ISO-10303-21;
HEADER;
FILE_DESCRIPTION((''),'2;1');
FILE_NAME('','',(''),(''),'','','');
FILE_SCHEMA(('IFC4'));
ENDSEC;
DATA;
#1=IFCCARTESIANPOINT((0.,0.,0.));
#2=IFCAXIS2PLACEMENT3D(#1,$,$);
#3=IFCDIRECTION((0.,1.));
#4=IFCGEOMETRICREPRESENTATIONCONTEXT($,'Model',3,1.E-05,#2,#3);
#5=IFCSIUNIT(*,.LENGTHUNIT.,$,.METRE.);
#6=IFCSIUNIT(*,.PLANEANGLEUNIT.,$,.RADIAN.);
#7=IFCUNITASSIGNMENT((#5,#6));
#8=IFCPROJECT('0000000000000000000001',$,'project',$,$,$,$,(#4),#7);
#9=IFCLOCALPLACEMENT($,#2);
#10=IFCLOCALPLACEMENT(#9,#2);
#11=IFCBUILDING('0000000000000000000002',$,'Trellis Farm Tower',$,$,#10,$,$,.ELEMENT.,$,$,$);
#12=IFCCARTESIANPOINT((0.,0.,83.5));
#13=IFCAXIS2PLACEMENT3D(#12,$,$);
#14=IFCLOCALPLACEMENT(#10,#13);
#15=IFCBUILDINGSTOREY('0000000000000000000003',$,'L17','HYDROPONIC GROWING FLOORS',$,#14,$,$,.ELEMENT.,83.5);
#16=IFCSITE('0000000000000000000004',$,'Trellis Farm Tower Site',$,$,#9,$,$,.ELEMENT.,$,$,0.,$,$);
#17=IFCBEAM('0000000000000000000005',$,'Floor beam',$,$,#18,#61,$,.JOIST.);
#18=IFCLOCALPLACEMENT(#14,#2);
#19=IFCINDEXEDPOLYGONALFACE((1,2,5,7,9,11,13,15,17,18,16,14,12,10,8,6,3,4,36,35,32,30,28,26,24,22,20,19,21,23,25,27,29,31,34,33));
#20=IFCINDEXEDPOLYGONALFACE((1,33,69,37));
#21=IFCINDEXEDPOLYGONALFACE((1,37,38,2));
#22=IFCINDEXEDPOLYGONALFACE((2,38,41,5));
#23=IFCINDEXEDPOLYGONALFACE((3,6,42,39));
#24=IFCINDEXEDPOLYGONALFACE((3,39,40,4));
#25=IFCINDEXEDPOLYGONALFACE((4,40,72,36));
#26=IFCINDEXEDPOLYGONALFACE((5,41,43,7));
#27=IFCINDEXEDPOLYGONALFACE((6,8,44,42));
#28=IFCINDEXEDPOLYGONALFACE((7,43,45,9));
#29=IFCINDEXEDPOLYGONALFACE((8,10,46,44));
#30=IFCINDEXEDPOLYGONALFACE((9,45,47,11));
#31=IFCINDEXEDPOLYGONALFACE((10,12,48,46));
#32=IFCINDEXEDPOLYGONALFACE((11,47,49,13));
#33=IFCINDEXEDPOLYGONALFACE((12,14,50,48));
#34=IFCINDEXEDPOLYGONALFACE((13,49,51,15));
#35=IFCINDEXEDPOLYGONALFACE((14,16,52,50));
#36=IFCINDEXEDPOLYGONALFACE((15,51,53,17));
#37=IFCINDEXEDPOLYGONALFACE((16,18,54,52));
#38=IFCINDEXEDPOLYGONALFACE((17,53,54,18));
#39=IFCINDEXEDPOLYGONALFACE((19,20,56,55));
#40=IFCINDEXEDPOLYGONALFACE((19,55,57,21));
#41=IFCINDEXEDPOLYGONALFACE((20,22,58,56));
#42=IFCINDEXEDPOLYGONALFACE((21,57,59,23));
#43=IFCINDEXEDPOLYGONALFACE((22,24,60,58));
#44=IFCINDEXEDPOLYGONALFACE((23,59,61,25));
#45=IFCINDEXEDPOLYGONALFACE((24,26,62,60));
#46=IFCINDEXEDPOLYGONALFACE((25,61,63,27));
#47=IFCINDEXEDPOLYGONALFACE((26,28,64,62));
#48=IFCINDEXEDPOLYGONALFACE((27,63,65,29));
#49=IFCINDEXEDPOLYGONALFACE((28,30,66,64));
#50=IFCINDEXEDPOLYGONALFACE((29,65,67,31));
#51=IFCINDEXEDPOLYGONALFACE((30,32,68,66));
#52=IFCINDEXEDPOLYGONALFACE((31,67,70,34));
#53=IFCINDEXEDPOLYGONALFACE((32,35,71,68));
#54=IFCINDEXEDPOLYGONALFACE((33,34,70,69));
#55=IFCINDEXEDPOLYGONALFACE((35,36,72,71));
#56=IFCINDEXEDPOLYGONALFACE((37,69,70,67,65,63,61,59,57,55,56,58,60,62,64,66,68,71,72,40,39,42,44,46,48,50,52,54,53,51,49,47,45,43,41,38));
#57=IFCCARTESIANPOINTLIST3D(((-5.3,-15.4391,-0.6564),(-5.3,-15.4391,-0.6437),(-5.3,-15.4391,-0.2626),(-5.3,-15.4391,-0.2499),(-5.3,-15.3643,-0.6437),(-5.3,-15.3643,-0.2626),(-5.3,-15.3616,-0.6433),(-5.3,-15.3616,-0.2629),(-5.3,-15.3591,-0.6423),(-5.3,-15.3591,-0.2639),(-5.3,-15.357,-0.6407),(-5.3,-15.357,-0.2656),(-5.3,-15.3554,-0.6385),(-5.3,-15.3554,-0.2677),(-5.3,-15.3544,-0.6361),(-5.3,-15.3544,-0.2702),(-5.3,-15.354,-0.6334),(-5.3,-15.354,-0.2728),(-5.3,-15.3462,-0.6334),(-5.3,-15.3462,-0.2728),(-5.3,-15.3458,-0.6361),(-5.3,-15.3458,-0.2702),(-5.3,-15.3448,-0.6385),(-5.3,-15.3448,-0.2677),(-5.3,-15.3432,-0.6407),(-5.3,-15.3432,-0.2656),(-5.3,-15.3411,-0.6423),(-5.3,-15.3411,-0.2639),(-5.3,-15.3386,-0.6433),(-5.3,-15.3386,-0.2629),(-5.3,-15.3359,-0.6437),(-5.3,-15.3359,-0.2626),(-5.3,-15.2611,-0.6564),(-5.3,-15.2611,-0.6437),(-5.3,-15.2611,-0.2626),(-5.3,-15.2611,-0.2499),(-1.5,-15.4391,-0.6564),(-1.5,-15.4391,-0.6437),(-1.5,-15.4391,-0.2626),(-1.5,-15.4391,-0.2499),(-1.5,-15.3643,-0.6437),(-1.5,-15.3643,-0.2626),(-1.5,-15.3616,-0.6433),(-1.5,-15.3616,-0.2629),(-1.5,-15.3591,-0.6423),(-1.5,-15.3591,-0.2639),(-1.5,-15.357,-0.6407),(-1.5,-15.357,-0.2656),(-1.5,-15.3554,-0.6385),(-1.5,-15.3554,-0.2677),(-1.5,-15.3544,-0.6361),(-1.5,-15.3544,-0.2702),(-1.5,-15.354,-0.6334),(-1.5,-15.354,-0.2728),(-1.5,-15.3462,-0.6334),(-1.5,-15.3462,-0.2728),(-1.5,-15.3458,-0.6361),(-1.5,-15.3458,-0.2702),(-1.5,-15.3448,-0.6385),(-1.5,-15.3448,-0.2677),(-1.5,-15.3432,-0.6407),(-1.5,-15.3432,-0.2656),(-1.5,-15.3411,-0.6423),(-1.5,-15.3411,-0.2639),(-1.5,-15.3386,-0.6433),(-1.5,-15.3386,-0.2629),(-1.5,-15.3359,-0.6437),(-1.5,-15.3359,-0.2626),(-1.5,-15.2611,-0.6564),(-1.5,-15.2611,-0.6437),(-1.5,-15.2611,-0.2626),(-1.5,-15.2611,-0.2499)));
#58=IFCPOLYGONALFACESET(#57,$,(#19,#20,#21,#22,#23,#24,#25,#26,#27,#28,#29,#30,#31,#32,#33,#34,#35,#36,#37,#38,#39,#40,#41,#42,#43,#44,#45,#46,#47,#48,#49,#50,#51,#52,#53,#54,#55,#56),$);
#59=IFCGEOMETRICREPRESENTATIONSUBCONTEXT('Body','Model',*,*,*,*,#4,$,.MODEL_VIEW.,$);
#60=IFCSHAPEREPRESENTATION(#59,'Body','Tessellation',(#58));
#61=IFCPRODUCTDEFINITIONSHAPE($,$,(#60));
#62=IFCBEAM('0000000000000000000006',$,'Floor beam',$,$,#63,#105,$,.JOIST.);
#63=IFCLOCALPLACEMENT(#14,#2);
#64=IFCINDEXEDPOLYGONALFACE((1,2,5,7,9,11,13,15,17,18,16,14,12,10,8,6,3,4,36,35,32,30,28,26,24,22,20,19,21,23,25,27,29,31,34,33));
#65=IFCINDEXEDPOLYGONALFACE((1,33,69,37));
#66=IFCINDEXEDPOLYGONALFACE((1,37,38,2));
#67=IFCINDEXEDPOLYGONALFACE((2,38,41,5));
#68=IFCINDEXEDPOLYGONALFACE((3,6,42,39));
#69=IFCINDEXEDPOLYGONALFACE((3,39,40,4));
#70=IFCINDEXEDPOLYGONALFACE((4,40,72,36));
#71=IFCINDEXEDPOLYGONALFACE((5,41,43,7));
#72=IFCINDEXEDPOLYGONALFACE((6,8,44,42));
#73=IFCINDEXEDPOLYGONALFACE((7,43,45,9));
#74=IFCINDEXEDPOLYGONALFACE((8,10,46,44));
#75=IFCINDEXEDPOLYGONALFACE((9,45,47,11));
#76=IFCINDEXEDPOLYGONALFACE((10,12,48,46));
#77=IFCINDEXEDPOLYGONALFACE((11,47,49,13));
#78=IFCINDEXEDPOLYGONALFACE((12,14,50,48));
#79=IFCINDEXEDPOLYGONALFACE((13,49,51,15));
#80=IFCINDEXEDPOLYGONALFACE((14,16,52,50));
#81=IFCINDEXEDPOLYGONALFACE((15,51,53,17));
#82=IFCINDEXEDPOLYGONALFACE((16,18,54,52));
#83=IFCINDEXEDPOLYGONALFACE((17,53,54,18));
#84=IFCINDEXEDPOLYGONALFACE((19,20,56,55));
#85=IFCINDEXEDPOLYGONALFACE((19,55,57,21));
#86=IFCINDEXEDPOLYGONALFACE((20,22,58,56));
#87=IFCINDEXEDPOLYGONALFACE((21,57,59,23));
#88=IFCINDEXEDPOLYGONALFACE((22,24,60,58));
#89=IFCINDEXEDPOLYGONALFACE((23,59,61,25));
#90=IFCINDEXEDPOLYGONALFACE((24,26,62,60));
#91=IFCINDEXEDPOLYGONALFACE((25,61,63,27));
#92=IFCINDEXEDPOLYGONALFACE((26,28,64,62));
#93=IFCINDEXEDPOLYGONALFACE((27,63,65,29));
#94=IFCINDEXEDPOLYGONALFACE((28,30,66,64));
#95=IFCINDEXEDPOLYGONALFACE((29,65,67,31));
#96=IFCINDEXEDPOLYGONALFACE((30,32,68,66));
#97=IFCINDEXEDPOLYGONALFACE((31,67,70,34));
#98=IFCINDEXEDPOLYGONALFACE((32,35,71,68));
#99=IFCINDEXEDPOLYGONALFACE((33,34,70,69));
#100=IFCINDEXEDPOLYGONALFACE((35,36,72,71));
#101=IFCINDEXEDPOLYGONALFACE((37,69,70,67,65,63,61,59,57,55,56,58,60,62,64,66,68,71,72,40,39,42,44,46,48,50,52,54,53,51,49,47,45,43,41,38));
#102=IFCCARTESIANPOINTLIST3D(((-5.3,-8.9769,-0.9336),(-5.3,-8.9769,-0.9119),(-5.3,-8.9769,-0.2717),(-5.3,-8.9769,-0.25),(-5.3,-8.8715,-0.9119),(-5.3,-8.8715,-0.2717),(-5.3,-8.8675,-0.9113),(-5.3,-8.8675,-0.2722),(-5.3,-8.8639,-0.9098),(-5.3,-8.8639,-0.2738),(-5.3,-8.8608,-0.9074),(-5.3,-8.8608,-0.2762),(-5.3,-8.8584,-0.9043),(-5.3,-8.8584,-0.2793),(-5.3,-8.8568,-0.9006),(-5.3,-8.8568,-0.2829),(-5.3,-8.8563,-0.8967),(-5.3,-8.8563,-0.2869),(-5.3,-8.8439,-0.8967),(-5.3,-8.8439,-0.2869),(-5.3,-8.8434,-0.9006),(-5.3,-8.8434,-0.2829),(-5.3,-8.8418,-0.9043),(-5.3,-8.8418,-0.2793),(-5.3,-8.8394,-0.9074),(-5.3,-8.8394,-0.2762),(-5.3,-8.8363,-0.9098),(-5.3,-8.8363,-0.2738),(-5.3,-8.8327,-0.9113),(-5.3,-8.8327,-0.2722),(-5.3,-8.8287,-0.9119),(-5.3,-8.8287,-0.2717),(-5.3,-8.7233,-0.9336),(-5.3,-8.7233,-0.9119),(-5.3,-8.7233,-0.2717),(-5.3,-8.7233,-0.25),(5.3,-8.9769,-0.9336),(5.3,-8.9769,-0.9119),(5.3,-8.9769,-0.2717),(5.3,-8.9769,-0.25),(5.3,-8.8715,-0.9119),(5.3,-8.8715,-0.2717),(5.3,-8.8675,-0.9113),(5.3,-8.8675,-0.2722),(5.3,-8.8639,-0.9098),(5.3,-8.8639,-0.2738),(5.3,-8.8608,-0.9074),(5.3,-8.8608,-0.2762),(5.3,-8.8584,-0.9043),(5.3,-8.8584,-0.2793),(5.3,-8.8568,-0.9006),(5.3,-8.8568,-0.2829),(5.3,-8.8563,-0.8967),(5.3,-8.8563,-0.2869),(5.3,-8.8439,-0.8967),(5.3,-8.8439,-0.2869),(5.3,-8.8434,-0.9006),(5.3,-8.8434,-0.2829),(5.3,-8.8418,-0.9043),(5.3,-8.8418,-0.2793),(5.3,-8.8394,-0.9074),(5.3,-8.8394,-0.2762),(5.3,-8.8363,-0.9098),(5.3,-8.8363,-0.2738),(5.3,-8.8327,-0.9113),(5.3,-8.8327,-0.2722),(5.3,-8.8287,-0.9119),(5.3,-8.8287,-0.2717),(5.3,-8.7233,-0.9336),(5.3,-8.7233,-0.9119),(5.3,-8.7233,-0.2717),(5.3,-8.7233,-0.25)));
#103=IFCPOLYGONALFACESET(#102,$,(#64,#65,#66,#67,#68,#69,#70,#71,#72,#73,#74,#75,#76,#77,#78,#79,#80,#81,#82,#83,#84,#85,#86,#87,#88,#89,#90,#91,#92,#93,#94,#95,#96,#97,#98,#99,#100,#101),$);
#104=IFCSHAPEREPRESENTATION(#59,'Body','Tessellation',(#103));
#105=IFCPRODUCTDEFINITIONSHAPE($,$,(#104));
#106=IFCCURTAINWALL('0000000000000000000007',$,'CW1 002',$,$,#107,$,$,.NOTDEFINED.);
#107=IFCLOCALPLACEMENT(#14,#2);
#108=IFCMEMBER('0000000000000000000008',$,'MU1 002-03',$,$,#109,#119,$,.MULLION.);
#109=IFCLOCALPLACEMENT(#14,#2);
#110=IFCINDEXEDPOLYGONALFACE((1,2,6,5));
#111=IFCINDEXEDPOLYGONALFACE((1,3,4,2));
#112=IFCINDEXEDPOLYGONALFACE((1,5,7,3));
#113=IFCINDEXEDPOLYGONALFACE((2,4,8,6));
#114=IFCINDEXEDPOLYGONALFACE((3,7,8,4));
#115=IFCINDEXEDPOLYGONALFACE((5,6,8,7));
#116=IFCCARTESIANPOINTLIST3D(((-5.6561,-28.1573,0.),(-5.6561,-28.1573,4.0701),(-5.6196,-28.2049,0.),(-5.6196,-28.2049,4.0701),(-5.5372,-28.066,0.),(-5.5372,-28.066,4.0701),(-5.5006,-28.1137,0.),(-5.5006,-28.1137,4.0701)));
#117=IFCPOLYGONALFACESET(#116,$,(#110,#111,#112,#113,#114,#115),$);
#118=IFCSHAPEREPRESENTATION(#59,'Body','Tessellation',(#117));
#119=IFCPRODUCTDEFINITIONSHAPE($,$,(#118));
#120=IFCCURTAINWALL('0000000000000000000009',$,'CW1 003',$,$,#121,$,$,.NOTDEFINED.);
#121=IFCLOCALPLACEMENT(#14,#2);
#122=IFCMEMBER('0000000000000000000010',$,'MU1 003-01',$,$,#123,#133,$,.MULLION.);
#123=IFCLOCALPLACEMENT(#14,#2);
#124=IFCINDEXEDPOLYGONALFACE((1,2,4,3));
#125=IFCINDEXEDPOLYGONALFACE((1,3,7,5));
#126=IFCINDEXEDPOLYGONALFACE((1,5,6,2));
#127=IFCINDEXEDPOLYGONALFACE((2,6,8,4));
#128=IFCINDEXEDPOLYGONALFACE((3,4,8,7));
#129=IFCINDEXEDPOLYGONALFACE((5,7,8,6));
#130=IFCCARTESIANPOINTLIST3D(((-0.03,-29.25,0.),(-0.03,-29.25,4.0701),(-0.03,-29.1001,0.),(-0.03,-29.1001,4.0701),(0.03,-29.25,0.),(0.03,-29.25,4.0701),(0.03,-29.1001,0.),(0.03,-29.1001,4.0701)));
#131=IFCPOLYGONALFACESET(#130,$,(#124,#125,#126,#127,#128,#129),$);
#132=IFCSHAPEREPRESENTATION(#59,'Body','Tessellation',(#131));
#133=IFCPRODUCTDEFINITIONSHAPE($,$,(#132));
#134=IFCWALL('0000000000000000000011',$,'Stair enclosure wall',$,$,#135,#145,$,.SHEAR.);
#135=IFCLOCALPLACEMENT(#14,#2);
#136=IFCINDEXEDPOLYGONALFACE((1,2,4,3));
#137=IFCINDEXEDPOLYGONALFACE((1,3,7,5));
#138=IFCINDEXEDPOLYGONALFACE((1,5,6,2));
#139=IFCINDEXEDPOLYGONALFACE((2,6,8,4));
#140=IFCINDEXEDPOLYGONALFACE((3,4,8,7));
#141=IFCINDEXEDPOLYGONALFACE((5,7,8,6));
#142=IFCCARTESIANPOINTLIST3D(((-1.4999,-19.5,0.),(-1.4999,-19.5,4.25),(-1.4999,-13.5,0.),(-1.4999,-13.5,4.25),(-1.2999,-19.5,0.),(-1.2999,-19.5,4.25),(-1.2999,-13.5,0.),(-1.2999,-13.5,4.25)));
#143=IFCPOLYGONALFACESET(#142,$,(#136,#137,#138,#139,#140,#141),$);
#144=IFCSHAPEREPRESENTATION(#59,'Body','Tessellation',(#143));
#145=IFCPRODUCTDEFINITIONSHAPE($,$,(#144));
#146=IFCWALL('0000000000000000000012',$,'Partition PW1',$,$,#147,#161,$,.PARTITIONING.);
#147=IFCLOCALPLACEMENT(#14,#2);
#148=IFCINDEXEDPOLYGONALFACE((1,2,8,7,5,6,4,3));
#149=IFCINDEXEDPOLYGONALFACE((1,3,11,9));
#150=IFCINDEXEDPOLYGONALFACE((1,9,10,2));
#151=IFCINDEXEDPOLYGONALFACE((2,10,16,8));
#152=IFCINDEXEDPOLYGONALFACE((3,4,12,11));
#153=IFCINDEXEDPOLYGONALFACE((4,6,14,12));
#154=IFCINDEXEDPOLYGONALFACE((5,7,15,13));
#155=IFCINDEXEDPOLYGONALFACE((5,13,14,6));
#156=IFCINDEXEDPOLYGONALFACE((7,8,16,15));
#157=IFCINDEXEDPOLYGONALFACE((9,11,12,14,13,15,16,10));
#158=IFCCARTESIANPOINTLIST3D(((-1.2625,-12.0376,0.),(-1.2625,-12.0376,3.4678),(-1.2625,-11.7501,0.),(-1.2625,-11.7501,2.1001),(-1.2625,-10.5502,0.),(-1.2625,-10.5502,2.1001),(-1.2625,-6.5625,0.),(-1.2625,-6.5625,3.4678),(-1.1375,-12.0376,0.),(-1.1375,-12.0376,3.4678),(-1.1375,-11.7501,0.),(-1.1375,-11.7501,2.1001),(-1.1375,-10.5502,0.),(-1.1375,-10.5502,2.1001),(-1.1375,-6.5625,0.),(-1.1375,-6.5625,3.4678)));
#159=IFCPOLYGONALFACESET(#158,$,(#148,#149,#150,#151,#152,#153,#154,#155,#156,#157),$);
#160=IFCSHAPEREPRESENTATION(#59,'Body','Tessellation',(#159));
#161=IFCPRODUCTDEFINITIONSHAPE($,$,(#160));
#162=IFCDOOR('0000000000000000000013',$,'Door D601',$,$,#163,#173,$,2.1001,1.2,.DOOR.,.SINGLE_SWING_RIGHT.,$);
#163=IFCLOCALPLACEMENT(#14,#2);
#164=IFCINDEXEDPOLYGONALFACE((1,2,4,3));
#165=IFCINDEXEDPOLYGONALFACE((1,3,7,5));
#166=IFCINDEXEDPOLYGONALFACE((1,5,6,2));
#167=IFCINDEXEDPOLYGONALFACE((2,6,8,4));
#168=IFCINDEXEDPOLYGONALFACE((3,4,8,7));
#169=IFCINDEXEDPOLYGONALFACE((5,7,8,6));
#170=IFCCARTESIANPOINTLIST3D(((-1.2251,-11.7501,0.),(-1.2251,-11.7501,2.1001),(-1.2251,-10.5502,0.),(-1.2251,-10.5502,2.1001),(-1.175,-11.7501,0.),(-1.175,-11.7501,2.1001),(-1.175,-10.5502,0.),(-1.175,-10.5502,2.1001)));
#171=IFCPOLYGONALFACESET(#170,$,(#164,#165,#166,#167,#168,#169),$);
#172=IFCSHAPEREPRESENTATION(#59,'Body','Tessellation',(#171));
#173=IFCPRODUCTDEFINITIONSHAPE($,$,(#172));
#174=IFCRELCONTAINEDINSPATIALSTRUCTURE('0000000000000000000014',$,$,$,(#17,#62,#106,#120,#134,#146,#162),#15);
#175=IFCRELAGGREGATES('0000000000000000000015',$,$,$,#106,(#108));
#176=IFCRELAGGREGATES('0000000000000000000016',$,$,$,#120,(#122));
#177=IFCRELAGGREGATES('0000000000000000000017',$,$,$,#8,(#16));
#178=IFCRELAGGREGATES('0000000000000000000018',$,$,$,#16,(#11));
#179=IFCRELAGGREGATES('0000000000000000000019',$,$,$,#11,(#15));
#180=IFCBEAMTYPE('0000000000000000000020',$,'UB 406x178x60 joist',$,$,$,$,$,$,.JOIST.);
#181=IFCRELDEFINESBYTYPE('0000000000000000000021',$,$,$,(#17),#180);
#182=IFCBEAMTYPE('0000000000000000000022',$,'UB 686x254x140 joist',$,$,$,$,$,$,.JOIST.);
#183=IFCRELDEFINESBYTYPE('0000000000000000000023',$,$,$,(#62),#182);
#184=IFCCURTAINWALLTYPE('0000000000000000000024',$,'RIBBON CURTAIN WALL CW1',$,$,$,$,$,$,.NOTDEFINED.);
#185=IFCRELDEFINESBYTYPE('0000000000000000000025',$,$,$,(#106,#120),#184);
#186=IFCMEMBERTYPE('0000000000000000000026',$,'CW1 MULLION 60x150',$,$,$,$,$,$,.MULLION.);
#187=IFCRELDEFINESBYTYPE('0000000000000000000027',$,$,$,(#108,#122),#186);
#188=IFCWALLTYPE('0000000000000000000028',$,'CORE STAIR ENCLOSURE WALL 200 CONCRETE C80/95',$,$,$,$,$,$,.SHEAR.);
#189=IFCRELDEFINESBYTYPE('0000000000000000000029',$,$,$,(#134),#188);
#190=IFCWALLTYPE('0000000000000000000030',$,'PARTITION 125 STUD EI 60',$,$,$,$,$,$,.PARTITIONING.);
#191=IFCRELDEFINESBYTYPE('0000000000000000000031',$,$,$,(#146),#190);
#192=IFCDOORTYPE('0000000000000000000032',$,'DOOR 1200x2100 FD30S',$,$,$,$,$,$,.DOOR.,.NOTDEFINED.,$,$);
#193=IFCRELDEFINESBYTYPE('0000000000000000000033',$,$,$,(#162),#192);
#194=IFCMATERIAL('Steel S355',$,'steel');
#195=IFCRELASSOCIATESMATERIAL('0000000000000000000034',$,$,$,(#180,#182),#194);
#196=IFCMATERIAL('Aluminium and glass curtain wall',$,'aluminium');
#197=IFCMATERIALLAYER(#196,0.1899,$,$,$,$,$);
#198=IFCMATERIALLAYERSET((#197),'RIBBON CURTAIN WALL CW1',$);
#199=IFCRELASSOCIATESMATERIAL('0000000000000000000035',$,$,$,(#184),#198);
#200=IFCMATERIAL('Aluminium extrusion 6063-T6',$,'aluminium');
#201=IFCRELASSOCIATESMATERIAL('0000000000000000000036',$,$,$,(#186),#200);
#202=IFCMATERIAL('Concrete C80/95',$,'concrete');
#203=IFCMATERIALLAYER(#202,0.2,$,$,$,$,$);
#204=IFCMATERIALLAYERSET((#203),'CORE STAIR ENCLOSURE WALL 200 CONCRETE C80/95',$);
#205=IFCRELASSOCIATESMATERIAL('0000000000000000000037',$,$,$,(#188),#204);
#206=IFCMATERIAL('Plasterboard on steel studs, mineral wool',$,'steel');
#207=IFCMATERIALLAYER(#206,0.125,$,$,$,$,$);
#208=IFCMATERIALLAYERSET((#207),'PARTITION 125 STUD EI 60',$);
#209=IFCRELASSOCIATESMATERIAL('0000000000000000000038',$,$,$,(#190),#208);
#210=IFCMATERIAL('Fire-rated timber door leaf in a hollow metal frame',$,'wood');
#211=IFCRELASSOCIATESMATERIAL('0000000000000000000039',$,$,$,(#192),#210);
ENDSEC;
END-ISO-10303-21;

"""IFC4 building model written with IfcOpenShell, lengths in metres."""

from ifc_helpers import new_model, si_unit, direction, frame, frame_2d, origin, origin_2d, place, context, subcontext, project, spatial, rectangle, i_section, extrude, source, transform, mapped, material, layer, layer_set, material_profile, profile_set, type_object, element, fill, aggregate, save


model = new_model("IFC4")

# Units and contexts
model_context = context("Model", 3, precision=1e-05, world=origin(), true_north=direction((0.0, 1.0)))
body_context = subcontext(model_context, "Body", "Model", "MODEL_VIEW")
ifc_project = project(units=[si_unit("LENGTHUNIT", "METRE"), si_unit("PLANEANGLEUNIT", "RADIAN")], contexts=[model_context])

# Site, building, storey
site_placement = place(None, origin())
site = spatial("IfcSite", under=ifc_project, at=site_placement, Name="Trellis Farm Tower Site", CompositionType="ELEMENT", RefElevation=0.0)
building_placement = place(site_placement, origin())
building = spatial("IfcBuilding", under=site, at=building_placement, Name="Trellis Farm Tower", CompositionType="ELEMENT")
storey_placement = place(building_placement, frame((0.0, 0.0, 83.5)))
storey = spatial("IfcBuildingStorey", under=building, at=storey_placement, Name="L17", Description="HYDROPONIC GROWING FLOORS", CompositionType="ELEMENT", Elevation=83.5)

# Shared definitions
ifc_material_1 = material(Name="Concrete C80/95", Category="concrete")

# Beams
ifc_material_2 = material(Name="Steel S355", Category="steel")
ifc_material_profile_1 = material_profile(ifc_material_2, i_section(OverallWidth=0.178, OverallDepth=0.4065, WebThickness=0.0078, FlangeThickness=0.0127, FilletRadius=0.0103, at=origin_2d()), Name="UB 406x178x60")
ifc_profile_set_1 = profile_set([ifc_material_profile_1], Name="Steel S355")
beam_type_1 = type_object("IfcBeamType", Name="UB 406x178x60 joist", PredefinedType="JOIST", material=ifc_profile_set_1)
shared_shape_1 = source(origin(), body_context, "Body", "SweptSolid", [
    extrude(i_section(OverallWidth=0.178, OverallDepth=0.4065, WebThickness=0.0078, FlangeThickness=0.0127, FilletRadius=0.0103, at=origin_2d()), origin(), (0.0, 0.0, 1.0), 3.8),
])
beam_1_placement = place(storey_placement, frame((-5.3, -15.3501, -0.4531), z_axis=(1.0, 0.0, 0.0), x_axis=(0.0, 1.0, 0.0)))
element("IfcBeam", 1, at=beam_1_placement, inside=storey, type_object=beam_type_1, Name="Floor beam", PredefinedType="JOIST", context=body_context, shape_type="MappedRepresentation", body=[
    mapped(shared_shape_1, transform((0.0, 0.0, 0.0))),
])
ifc_material_profile_2 = material_profile(ifc_material_2, i_section(OverallWidth=0.2537, OverallDepth=0.6836, WebThickness=0.0125, FlangeThickness=0.0217, FilletRadius=0.0151, at=origin_2d()), Name="UB 686x254x140")
ifc_profile_set_2 = profile_set([ifc_material_profile_2], Name="Steel S355")
beam_type_2 = type_object("IfcBeamType", Name="UB 686x254x140 joist", PredefinedType="JOIST", material=ifc_profile_set_2)
shared_shape_2 = source(origin(), body_context, "Body", "SweptSolid", [
    extrude(i_section(OverallWidth=0.2537, OverallDepth=0.6836, WebThickness=0.0125, FlangeThickness=0.0217, FilletRadius=0.0151, at=origin_2d()), origin(), (0.0, 0.0, 1.0), 10.6001),
])
beam_2_placement = place(storey_placement, frame((-5.3, -8.8501, -0.5918), z_axis=(1.0, 0.0, 0.0), x_axis=(0.0, 1.0, 0.0)))
element("IfcBeam", 2, at=beam_2_placement, inside=storey, type_object=beam_type_2, Name="Floor beam", PredefinedType="JOIST", context=body_context, shape_type="MappedRepresentation", body=[
    mapped(shared_shape_2, transform((0.0, 0.0, 0.0))),
])

# Curtain walls, members
ifc_material_3 = material(Name="Aluminium and glass curtain wall", Category="aluminium")
ifc_layer_1 = layer(ifc_material_3, 0.1899)
ifc_layer_set_1 = layer_set([ifc_layer_1], Name="RIBBON CURTAIN WALL CW1")
curtain_wall_type = type_object("IfcCurtainWallType", Name="RIBBON CURTAIN WALL CW1", PredefinedType="NOTDEFINED", material=ifc_layer_set_1)
placement = place(storey_placement, origin())
curtain_wall_1 = element("IfcCurtainWall", 3, at=placement, inside=storey, type_object=curtain_wall_type, Name="CW1 002", PredefinedType="NOTDEFINED")
ifc_material_4 = material(Name="Aluminium extrusion 6063-T6", Category="aluminium")
ifc_material_profile_3 = material_profile(ifc_material_4, rectangle(XDim=0.0601, YDim=0.1499, at=origin_2d()), Name="MULLION 60x150")
ifc_profile_set_3 = profile_set([ifc_material_profile_3], Name="Aluminium extrusion 6063-T6")
member_type = type_object("IfcMemberType", Name="CW1 MULLION 60x150", PredefinedType="MULLION", material=ifc_profile_set_3)
shared_shape_3 = source(origin(), body_context, "Body", "SweptSolid", [
    extrude(rectangle(XDim=0.0601, YDim=0.1499, at=origin_2d()), origin(), (0.0, 0.0, 1.0), 4.0701),
])
member_1_placement = place(storey_placement, frame((-5.5784, -28.1355, 0.0), z_axis=(0.0, 0.0, 1.0), x_axis=(0.608761, -0.793353, 0.0)))
member_1 = element("IfcMember", 4, at=member_1_placement, type_object=member_type, Name="MU1 002-03", PredefinedType="MULLION", context=body_context, shape_type="MappedRepresentation", body=[
    mapped(shared_shape_3, transform((0.0, 0.0, 0.0))),
])
aggregate(curtain_wall_1, [member_1])
curtain_wall_2 = element("IfcCurtainWall", 5, at=placement, inside=storey, type_object=curtain_wall_type, Name="CW1 003", PredefinedType="NOTDEFINED")
member_2_placement = place(storey_placement, frame((0.0, -29.175, 0.0), z_axis=(0.0, 0.0, 1.0), x_axis=(1.0, 0.0, 0.0)))
member_2 = element("IfcMember", 6, at=member_2_placement, type_object=member_type, Name="MU1 003-01", PredefinedType="MULLION", context=body_context, shape_type="MappedRepresentation", body=[
    mapped(shared_shape_3, transform((0.0, 0.0, 0.0))),
])
aggregate(curtain_wall_2, [member_2])

# Wall
ifc_layer_2 = layer(ifc_material_1, 0.2)
ifc_layer_set_2 = layer_set([ifc_layer_2], Name="CORE STAIR ENCLOSURE WALL 200 CONCRETE C80/95")
wall_type_1 = type_object("IfcWallType", Name="CORE STAIR ENCLOSURE WALL 200 CONCRETE C80/95", PredefinedType="SHEAR", material=ifc_layer_set_2)
shared_shape_4 = source(origin(), body_context, "Body", "SweptSolid", [
    extrude(rectangle(XDim=6.0, YDim=0.2, at=frame_2d((3.0, 0.0))), origin(), (0.0, 0.0, 1.0), 4.25),
])
wall_1_placement = place(storey_placement, frame((-1.3999, -13.5, 0.0), z_axis=(0.0, 0.0, 1.0), x_axis=(0.0, -1.0, 0.0)))
element("IfcWall", 7, at=wall_1_placement, inside=storey, type_object=wall_type_1, Name="Stair enclosure wall", PredefinedType="SHEAR", context=body_context, shape_type="MappedRepresentation", body=[
    mapped(shared_shape_4, transform((0.0, 0.0, 0.0))),
])

# Wall, opening, door
ifc_material_5 = material(Name="Plasterboard on steel studs, mineral wool", Category="steel")
ifc_layer_3 = layer(ifc_material_5, 0.125)
ifc_layer_set_3 = layer_set([ifc_layer_3], Name="PARTITION 125 STUD EI 60")
wall_type_2 = type_object("IfcWallType", Name="PARTITION 125 STUD EI 60", PredefinedType="PARTITIONING", material=ifc_layer_set_3)
shared_shape_5 = source(origin(), body_context, "Body", "SweptSolid", [
    extrude(rectangle(XDim=5.4751, YDim=0.125, at=frame_2d((2.7375, 0.0))), origin(), (0.0, 0.0, 1.0), 3.4678),
])
wall_2_placement = place(storey_placement, frame((-1.2, -6.5625, 0.0), z_axis=(0.0, 0.0, 1.0), x_axis=(0.0, -1.0, 0.0)))
wall_2 = element("IfcWall", 8, at=wall_2_placement, inside=storey, type_object=wall_type_2, Name="Partition PW1", PredefinedType="PARTITIONING", context=body_context, shape_type="MappedRepresentation", body=[
    mapped(shared_shape_5, transform((0.0, 0.0, 0.0))),
])
shared_shape_6 = source(origin(), body_context, "Body", "SweptSolid", [
    extrude(rectangle(XDim=1.2, YDim=2.1001, at=frame_2d((0.6001, 1.05))), frame((0.0, 0.0725, 0.0), z_axis=(0.0, -1.0, 0.0), x_axis=(1.0, 0.0, 0.0)), (0.0, 0.0, 1.0), 0.145),
])
opening_1_placement = place(wall_2_placement, frame((3.9875, 0.0, 0.0)))
opening_1 = element("IfcOpeningElement", 9, at=opening_1_placement, cuts=wall_2, PredefinedType="OPENING", context=body_context, shape_type="MappedRepresentation", body=[
    mapped(shared_shape_6, transform((0.0, 0.0, 0.0))),
])
ifc_material_6 = material(Name="Fire-rated timber door leaf in a hollow metal frame", Category="wood")
door_type_1 = type_object("IfcDoorType", Name="DOOR 1200x2100 FD30S", OperationType="NOTDEFINED", PredefinedType="DOOR", material=ifc_material_6)
shared_shape_7 = source(origin(), body_context, "Body", "SweptSolid", [
    extrude(rectangle(XDim=1.2, YDim=2.1001, at=frame_2d((0.6001, 1.05))), frame((0.0, 0.0249, 0.0), z_axis=(0.0, -1.0, 0.0), x_axis=(1.0, 0.0, 0.0)), (0.0, 0.0, 1.0), 0.05),
])
door_1_placement = place(opening_1_placement, origin())
door_1 = element("IfcDoor", 10, at=door_1_placement, inside=storey, type_object=door_type_1, Name="Door D601", OperationType="SINGLE_SWING_RIGHT", OverallHeight=2.1001, OverallWidth=1.2, PredefinedType="DOOR", context=body_context, shape_type="MappedRepresentation", body=[
    mapped(shared_shape_7, transform((0.0, 0.0, 0.0))),
])
fill(opening_1, door_1)

save(model, "model.ifc")
